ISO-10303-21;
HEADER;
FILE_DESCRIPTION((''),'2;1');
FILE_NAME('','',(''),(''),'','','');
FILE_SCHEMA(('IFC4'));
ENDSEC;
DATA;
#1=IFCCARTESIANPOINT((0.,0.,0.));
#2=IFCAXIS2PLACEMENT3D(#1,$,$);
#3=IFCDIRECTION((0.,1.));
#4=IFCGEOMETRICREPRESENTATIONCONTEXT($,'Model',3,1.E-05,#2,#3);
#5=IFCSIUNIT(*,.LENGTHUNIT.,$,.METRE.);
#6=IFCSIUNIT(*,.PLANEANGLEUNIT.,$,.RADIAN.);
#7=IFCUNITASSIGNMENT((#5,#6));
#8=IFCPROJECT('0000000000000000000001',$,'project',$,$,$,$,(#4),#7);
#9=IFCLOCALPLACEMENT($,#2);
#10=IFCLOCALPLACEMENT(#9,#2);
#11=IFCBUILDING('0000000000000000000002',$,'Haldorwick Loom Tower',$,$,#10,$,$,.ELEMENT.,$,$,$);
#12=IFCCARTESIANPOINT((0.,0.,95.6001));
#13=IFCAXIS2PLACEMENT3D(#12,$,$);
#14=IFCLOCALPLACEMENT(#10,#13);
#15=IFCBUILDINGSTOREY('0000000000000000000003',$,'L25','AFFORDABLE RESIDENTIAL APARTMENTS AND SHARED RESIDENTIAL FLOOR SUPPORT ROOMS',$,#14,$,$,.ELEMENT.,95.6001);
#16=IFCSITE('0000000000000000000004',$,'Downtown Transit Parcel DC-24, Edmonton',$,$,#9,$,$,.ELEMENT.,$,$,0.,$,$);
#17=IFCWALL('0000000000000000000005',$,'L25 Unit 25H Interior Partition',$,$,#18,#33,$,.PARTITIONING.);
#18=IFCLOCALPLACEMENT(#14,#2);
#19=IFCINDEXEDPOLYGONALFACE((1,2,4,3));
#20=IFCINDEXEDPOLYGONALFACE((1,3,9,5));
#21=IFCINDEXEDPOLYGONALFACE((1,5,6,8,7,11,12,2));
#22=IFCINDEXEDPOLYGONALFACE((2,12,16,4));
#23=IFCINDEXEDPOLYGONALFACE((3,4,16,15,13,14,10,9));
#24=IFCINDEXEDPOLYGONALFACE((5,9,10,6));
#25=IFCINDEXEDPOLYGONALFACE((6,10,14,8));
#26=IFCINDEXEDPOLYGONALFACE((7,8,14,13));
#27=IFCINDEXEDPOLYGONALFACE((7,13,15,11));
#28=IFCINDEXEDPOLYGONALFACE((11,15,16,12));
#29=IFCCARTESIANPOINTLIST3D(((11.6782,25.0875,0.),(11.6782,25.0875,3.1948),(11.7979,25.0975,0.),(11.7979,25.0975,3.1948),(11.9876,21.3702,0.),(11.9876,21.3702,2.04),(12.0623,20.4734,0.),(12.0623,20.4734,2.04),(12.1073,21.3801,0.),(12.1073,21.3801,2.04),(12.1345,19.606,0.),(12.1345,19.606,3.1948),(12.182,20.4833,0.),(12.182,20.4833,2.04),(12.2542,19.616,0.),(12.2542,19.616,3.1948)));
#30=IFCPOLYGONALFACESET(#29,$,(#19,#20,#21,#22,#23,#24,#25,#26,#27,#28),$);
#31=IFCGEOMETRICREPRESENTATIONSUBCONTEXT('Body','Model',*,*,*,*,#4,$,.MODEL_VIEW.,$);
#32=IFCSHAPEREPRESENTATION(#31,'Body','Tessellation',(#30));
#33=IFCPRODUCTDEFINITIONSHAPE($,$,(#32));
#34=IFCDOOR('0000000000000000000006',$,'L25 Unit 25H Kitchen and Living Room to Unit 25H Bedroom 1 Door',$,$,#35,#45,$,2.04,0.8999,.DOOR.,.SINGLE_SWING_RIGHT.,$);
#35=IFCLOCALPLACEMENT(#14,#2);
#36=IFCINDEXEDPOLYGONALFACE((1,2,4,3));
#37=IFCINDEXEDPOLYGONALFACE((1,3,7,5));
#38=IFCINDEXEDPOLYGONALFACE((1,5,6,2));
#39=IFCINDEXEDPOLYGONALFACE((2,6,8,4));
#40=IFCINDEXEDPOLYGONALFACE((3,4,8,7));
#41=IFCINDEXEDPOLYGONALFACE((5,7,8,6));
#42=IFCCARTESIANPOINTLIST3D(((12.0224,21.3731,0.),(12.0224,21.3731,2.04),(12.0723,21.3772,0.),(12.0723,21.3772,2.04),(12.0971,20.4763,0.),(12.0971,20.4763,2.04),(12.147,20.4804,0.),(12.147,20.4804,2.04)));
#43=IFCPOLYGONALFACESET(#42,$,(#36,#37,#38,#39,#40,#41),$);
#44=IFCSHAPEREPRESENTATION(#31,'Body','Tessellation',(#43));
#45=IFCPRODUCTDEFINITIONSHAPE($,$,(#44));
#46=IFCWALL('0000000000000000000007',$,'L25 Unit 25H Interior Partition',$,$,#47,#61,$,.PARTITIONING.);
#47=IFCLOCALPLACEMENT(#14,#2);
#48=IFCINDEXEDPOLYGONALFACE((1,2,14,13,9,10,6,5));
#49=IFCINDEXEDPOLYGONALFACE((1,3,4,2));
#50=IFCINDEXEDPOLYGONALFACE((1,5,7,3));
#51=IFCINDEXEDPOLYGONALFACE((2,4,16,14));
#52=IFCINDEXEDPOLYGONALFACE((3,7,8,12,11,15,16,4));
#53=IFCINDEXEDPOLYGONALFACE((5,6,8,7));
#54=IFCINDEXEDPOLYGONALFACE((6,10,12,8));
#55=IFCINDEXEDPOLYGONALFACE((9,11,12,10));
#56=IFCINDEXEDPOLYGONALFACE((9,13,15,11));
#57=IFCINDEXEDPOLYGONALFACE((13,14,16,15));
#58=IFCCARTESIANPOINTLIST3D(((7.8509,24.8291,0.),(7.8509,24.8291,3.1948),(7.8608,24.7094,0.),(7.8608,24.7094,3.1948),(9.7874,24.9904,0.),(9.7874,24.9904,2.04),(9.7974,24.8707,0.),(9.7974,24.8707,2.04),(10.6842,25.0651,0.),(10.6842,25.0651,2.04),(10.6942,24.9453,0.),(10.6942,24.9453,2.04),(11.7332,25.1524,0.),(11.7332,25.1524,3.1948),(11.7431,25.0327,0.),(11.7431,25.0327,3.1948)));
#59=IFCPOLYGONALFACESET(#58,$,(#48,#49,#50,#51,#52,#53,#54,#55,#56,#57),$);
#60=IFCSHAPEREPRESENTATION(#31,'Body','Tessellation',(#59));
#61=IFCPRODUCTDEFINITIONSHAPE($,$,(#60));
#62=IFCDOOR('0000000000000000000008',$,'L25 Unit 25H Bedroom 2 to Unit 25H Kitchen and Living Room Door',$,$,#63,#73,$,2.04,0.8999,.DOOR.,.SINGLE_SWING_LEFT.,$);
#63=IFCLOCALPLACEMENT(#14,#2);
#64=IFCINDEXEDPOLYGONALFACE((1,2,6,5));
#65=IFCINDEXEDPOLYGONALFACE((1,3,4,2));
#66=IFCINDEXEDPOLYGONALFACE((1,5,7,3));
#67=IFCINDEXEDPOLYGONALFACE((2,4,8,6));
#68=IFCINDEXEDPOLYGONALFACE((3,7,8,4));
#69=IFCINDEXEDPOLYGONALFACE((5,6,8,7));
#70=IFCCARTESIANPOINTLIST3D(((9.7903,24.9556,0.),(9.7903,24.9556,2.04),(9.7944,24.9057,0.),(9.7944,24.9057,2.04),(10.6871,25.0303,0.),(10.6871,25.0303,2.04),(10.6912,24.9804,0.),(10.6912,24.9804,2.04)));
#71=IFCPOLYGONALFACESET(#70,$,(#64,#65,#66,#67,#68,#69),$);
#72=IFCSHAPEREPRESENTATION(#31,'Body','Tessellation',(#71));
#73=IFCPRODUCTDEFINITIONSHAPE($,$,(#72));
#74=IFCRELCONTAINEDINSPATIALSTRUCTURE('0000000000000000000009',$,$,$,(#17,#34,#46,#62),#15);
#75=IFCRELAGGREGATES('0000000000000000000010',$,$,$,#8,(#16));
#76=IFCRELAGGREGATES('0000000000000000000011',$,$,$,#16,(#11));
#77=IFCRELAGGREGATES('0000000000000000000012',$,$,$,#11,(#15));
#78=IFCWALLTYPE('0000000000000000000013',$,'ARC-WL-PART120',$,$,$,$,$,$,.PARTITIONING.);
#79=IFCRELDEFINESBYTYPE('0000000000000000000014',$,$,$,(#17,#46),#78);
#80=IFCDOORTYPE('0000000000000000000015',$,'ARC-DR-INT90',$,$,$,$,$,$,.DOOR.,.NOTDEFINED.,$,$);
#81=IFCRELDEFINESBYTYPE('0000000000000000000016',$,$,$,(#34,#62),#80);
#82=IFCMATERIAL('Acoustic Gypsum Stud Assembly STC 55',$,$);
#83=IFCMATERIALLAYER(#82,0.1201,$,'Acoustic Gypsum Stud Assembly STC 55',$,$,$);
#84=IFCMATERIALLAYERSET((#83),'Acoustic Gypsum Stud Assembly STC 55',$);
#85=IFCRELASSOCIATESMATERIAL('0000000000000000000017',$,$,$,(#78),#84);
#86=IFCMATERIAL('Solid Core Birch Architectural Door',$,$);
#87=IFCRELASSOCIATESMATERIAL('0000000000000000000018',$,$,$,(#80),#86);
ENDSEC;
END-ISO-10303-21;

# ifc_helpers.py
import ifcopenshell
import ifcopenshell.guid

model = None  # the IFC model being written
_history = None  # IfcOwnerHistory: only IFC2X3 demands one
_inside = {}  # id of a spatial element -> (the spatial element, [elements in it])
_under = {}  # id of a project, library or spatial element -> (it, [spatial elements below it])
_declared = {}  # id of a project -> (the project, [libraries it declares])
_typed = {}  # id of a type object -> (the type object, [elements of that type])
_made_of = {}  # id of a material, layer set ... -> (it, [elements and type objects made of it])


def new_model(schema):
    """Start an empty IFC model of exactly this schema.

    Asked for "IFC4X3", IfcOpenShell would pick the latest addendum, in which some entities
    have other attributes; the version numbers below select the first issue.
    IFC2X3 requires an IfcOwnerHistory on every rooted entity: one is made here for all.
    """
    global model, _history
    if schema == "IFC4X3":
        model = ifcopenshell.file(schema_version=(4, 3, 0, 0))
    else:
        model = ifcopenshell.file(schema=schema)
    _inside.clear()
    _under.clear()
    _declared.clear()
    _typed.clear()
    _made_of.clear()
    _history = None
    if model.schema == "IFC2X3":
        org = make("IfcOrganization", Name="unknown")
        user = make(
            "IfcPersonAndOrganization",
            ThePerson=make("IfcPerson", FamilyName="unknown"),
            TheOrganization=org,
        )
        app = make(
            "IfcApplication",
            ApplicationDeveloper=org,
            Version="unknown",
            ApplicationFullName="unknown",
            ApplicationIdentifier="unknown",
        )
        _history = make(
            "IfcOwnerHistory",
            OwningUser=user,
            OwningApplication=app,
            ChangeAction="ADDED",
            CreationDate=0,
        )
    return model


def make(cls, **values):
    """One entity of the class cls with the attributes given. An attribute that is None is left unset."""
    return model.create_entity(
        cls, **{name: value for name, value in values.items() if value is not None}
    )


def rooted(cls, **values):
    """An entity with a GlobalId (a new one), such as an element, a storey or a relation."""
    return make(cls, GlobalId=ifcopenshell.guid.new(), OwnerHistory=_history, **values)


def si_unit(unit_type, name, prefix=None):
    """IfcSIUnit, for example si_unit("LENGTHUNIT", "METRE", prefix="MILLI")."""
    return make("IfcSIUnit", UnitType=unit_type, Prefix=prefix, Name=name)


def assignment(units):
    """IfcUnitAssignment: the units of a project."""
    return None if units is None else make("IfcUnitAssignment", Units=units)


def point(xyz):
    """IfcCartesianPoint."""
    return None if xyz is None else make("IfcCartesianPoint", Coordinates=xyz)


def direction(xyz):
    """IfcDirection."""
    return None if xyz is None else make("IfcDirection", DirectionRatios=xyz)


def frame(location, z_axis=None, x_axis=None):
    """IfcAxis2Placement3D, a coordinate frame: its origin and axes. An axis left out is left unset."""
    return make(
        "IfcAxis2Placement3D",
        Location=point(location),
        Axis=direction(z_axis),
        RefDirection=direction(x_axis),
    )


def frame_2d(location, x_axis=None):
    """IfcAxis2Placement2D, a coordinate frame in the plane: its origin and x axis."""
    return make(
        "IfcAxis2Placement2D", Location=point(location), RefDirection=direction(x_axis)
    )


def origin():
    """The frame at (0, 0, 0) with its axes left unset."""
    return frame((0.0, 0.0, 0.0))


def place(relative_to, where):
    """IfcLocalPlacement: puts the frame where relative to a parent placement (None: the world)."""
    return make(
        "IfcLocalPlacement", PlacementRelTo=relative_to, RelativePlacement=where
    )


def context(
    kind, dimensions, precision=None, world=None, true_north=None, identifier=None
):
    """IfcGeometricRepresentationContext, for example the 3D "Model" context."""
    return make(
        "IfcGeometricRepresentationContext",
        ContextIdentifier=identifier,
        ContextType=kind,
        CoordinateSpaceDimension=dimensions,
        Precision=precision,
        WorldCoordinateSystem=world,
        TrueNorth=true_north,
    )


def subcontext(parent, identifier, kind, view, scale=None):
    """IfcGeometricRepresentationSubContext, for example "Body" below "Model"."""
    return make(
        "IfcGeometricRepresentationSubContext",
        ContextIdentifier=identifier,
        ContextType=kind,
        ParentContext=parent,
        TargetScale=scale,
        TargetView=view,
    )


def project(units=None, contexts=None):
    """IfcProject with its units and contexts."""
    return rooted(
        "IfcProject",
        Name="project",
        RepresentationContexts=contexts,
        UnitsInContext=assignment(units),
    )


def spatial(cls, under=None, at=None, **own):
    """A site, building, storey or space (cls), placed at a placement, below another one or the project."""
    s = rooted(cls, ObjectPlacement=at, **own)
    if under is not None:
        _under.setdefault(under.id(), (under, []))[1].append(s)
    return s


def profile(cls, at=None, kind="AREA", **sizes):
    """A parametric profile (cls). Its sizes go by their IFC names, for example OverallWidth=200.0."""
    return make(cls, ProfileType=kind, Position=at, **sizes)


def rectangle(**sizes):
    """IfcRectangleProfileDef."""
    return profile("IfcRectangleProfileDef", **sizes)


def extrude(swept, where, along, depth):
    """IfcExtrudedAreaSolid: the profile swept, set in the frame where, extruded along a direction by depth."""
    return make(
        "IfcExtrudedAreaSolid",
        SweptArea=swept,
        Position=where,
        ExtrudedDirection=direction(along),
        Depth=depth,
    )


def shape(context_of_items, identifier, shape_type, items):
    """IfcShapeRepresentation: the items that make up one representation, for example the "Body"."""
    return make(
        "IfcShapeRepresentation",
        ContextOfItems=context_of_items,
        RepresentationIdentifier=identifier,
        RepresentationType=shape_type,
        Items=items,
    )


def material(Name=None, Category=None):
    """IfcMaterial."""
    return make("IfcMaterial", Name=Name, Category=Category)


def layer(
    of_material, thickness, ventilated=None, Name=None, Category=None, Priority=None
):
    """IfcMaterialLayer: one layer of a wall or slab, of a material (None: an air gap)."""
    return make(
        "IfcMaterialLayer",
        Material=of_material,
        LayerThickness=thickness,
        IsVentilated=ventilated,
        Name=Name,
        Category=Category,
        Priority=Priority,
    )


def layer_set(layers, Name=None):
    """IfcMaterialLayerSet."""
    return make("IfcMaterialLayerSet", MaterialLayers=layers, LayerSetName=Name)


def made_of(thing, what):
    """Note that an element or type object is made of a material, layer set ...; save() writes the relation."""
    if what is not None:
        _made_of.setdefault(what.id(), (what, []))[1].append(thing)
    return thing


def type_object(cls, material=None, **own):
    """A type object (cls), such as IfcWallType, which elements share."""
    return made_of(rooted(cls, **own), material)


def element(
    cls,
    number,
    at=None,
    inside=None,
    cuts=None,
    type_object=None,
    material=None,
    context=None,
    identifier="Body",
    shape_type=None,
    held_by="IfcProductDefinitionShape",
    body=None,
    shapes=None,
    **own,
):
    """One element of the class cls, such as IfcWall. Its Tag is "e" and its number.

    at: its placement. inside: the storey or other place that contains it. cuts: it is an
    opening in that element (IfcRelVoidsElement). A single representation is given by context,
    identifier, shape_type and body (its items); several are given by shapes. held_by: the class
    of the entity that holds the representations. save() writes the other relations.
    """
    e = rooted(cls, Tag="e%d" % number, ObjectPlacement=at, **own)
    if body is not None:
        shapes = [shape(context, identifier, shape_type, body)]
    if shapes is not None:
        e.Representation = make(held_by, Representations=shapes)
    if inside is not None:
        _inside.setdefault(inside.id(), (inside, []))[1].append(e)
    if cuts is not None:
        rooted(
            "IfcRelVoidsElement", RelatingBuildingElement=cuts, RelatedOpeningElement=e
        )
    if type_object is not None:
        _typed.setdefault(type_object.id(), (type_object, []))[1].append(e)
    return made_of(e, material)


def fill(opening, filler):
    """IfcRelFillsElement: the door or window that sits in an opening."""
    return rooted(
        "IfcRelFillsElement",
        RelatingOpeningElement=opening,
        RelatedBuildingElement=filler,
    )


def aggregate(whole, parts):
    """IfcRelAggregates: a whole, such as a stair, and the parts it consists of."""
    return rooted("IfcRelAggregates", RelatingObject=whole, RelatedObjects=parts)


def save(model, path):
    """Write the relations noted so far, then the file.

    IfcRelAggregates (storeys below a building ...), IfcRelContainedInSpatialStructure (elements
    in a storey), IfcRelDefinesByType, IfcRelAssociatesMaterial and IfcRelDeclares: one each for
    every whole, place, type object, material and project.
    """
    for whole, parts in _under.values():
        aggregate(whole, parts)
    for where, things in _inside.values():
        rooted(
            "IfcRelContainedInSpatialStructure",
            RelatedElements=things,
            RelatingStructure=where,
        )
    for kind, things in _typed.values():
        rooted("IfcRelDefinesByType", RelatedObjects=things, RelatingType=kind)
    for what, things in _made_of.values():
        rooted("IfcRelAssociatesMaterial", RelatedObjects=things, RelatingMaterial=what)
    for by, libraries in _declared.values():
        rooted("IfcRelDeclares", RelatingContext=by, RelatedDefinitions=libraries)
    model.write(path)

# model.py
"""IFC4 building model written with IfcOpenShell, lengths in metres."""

from ifc_helpers import new_model, si_unit, direction, frame, frame_2d, origin, place, context, subcontext, project, spatial, rectangle, extrude, material, layer, layer_set, type_object, element, fill, save


model = new_model("IFC4")

# Units and contexts
model_context = context("Model", 3, precision=1e-05, world=origin(), true_north=direction((0.0, 1.0)))
body_context = subcontext(model_context, "Body", "Model", "MODEL_VIEW")
ifc_project = project(units=[si_unit("LENGTHUNIT", "METRE"), si_unit("PLANEANGLEUNIT", "RADIAN")], contexts=[model_context])

# Site, building, storey
site_placement = place(None, origin())
site = spatial("IfcSite", under=ifc_project, at=site_placement, Name="Downtown Transit Parcel DC-24, Edmonton", CompositionType="ELEMENT", RefElevation=0.0)
building_placement = place(site_placement, origin())
building = spatial("IfcBuilding", under=site, at=building_placement, Name="Haldorwick Loom Tower", CompositionType="ELEMENT")
storey_placement = place(building_placement, frame((0.0, 0.0, 95.6001)))
storey = spatial("IfcBuildingStorey", under=building, at=storey_placement, Name="L25", Description="AFFORDABLE RESIDENTIAL APARTMENTS AND SHARED RESIDENTIAL FLOOR SUPPORT ROOMS", CompositionType="ELEMENT", Elevation=95.6001)

# Walls, openings, doors
ifc_material_1 = material(Name="Acoustic Gypsum Stud Assembly STC 55")
ifc_layer_1 = layer(ifc_material_1, 0.1201, Name="Acoustic Gypsum Stud Assembly STC 55")
ifc_layer_set_1 = layer_set([ifc_layer_1], Name="Acoustic Gypsum Stud Assembly STC 55")
wall_type_1 = type_object("IfcWallType", Name="ARC-WL-PART120", PredefinedType="PARTITIONING", material=ifc_layer_set_1)
wall_1_placement = place(storey_placement, frame((11.738, 25.0925, 0.0), z_axis=(0.0, 0.0, 1.0), x_axis=(0.082957, -0.996553, 0.0)))
wall_1 = element("IfcWall", 1, at=wall_1_placement, inside=storey, type_object=wall_type_1, Name="L25 Unit 25H Interior Partition", PredefinedType="PARTITIONING", context=body_context, shape_type="SweptSolid", body=[
    extrude(rectangle(XDim=5.5005, YDim=0.1201, at=frame_2d((2.7502, 0.0))), origin(), (0.0, 0.0, 1.0), 3.1948),
])
opening_1_placement = place(wall_1_placement, frame((3.7302, 0.0, 0.0)))
opening_1 = element("IfcOpeningElement", 2, at=opening_1_placement, cuts=wall_1, PredefinedType="OPENING", context=body_context, shape_type="SweptSolid", body=[
    extrude(rectangle(XDim=0.8999, YDim=2.04, at=frame_2d((0.45, 1.02))), frame((0.0, 0.0701, 0.0), z_axis=(0.0, -1.0, 0.0), x_axis=(1.0, 0.0, 0.0)), (0.0, 0.0, 1.0), 0.1401),
])
ifc_material_2 = material(Name="Solid Core Birch Architectural Door")
door_type_1 = type_object("IfcDoorType", Name="ARC-DR-INT90", OperationType="NOTDEFINED", PredefinedType="DOOR", material=ifc_material_2)
door_1_placement = place(opening_1_placement, origin())
door_1 = element("IfcDoor", 3, at=door_1_placement, inside=storey, type_object=door_type_1, Name="L25 Unit 25H Kitchen and Living Room to Unit 25H Bedroom 1 Door", OperationType="SINGLE_SWING_RIGHT", OverallHeight=2.04, OverallWidth=0.8999, PredefinedType="DOOR", context=body_context, shape_type="SweptSolid", body=[
    extrude(rectangle(XDim=0.8999, YDim=2.04, at=frame_2d((0.45, 1.02))), frame((0.0, 0.0249, 0.0), z_axis=(0.0, -1.0, 0.0), x_axis=(1.0, 0.0, 0.0)), (0.0, 0.0, 1.0), 0.05),
])
fill(opening_1, door_1)
wall_2_placement = place(storey_placement, frame((11.738, 25.0925, 0.0), z_axis=(0.0, 0.0, 1.0), x_axis=(-0.996552, -0.082973, 0.0)))
wall_2 = element("IfcWall", 4, at=wall_2_placement, inside=storey, type_object=wall_type_1, Name="L25 Unit 25H Interior Partition", PredefinedType="PARTITIONING", context=body_context, shape_type="SweptSolid", body=[
    extrude(rectangle(XDim=3.8958, YDim=0.1201, at=frame_2d((1.9478, 0.0))), origin(), (0.0, 0.0, 1.0), 3.1948),
])
opening_2_placement = place(wall_2_placement, frame((1.0525, 0.0, 0.0)))
opening_2 = element("IfcOpeningElement", 5, at=opening_2_placement, cuts=wall_2, PredefinedType="OPENING", context=body_context, shape_type="SweptSolid", body=[
    extrude(rectangle(XDim=0.8999, YDim=2.04, at=frame_2d((0.45, 1.02))), frame((0.0, 0.0701, 0.0), z_axis=(0.0, -1.0, 0.0), x_axis=(1.0, 0.0, 0.0)), (0.0, 0.0, 1.0), 0.1401),
])
door_2_placement = place(opening_2_placement, origin())
door_2 = element("IfcDoor", 6, at=door_2_placement, inside=storey, type_object=door_type_1, Name="L25 Unit 25H Bedroom 2 to Unit 25H Kitchen and Living Room Door", OperationType="SINGLE_SWING_LEFT", OverallHeight=2.04, OverallWidth=0.8999, PredefinedType="DOOR", context=body_context, shape_type="SweptSolid", body=[
    extrude(rectangle(XDim=0.8999, YDim=2.04, at=frame_2d((0.45, 1.02))), frame((0.0, 0.0249, 0.0), z_axis=(0.0, -1.0, 0.0), x_axis=(1.0, 0.0, 0.0)), (0.0, 0.0, 1.0), 0.05),
])
fill(opening_2, door_2)

save(model, "model.ifc")
